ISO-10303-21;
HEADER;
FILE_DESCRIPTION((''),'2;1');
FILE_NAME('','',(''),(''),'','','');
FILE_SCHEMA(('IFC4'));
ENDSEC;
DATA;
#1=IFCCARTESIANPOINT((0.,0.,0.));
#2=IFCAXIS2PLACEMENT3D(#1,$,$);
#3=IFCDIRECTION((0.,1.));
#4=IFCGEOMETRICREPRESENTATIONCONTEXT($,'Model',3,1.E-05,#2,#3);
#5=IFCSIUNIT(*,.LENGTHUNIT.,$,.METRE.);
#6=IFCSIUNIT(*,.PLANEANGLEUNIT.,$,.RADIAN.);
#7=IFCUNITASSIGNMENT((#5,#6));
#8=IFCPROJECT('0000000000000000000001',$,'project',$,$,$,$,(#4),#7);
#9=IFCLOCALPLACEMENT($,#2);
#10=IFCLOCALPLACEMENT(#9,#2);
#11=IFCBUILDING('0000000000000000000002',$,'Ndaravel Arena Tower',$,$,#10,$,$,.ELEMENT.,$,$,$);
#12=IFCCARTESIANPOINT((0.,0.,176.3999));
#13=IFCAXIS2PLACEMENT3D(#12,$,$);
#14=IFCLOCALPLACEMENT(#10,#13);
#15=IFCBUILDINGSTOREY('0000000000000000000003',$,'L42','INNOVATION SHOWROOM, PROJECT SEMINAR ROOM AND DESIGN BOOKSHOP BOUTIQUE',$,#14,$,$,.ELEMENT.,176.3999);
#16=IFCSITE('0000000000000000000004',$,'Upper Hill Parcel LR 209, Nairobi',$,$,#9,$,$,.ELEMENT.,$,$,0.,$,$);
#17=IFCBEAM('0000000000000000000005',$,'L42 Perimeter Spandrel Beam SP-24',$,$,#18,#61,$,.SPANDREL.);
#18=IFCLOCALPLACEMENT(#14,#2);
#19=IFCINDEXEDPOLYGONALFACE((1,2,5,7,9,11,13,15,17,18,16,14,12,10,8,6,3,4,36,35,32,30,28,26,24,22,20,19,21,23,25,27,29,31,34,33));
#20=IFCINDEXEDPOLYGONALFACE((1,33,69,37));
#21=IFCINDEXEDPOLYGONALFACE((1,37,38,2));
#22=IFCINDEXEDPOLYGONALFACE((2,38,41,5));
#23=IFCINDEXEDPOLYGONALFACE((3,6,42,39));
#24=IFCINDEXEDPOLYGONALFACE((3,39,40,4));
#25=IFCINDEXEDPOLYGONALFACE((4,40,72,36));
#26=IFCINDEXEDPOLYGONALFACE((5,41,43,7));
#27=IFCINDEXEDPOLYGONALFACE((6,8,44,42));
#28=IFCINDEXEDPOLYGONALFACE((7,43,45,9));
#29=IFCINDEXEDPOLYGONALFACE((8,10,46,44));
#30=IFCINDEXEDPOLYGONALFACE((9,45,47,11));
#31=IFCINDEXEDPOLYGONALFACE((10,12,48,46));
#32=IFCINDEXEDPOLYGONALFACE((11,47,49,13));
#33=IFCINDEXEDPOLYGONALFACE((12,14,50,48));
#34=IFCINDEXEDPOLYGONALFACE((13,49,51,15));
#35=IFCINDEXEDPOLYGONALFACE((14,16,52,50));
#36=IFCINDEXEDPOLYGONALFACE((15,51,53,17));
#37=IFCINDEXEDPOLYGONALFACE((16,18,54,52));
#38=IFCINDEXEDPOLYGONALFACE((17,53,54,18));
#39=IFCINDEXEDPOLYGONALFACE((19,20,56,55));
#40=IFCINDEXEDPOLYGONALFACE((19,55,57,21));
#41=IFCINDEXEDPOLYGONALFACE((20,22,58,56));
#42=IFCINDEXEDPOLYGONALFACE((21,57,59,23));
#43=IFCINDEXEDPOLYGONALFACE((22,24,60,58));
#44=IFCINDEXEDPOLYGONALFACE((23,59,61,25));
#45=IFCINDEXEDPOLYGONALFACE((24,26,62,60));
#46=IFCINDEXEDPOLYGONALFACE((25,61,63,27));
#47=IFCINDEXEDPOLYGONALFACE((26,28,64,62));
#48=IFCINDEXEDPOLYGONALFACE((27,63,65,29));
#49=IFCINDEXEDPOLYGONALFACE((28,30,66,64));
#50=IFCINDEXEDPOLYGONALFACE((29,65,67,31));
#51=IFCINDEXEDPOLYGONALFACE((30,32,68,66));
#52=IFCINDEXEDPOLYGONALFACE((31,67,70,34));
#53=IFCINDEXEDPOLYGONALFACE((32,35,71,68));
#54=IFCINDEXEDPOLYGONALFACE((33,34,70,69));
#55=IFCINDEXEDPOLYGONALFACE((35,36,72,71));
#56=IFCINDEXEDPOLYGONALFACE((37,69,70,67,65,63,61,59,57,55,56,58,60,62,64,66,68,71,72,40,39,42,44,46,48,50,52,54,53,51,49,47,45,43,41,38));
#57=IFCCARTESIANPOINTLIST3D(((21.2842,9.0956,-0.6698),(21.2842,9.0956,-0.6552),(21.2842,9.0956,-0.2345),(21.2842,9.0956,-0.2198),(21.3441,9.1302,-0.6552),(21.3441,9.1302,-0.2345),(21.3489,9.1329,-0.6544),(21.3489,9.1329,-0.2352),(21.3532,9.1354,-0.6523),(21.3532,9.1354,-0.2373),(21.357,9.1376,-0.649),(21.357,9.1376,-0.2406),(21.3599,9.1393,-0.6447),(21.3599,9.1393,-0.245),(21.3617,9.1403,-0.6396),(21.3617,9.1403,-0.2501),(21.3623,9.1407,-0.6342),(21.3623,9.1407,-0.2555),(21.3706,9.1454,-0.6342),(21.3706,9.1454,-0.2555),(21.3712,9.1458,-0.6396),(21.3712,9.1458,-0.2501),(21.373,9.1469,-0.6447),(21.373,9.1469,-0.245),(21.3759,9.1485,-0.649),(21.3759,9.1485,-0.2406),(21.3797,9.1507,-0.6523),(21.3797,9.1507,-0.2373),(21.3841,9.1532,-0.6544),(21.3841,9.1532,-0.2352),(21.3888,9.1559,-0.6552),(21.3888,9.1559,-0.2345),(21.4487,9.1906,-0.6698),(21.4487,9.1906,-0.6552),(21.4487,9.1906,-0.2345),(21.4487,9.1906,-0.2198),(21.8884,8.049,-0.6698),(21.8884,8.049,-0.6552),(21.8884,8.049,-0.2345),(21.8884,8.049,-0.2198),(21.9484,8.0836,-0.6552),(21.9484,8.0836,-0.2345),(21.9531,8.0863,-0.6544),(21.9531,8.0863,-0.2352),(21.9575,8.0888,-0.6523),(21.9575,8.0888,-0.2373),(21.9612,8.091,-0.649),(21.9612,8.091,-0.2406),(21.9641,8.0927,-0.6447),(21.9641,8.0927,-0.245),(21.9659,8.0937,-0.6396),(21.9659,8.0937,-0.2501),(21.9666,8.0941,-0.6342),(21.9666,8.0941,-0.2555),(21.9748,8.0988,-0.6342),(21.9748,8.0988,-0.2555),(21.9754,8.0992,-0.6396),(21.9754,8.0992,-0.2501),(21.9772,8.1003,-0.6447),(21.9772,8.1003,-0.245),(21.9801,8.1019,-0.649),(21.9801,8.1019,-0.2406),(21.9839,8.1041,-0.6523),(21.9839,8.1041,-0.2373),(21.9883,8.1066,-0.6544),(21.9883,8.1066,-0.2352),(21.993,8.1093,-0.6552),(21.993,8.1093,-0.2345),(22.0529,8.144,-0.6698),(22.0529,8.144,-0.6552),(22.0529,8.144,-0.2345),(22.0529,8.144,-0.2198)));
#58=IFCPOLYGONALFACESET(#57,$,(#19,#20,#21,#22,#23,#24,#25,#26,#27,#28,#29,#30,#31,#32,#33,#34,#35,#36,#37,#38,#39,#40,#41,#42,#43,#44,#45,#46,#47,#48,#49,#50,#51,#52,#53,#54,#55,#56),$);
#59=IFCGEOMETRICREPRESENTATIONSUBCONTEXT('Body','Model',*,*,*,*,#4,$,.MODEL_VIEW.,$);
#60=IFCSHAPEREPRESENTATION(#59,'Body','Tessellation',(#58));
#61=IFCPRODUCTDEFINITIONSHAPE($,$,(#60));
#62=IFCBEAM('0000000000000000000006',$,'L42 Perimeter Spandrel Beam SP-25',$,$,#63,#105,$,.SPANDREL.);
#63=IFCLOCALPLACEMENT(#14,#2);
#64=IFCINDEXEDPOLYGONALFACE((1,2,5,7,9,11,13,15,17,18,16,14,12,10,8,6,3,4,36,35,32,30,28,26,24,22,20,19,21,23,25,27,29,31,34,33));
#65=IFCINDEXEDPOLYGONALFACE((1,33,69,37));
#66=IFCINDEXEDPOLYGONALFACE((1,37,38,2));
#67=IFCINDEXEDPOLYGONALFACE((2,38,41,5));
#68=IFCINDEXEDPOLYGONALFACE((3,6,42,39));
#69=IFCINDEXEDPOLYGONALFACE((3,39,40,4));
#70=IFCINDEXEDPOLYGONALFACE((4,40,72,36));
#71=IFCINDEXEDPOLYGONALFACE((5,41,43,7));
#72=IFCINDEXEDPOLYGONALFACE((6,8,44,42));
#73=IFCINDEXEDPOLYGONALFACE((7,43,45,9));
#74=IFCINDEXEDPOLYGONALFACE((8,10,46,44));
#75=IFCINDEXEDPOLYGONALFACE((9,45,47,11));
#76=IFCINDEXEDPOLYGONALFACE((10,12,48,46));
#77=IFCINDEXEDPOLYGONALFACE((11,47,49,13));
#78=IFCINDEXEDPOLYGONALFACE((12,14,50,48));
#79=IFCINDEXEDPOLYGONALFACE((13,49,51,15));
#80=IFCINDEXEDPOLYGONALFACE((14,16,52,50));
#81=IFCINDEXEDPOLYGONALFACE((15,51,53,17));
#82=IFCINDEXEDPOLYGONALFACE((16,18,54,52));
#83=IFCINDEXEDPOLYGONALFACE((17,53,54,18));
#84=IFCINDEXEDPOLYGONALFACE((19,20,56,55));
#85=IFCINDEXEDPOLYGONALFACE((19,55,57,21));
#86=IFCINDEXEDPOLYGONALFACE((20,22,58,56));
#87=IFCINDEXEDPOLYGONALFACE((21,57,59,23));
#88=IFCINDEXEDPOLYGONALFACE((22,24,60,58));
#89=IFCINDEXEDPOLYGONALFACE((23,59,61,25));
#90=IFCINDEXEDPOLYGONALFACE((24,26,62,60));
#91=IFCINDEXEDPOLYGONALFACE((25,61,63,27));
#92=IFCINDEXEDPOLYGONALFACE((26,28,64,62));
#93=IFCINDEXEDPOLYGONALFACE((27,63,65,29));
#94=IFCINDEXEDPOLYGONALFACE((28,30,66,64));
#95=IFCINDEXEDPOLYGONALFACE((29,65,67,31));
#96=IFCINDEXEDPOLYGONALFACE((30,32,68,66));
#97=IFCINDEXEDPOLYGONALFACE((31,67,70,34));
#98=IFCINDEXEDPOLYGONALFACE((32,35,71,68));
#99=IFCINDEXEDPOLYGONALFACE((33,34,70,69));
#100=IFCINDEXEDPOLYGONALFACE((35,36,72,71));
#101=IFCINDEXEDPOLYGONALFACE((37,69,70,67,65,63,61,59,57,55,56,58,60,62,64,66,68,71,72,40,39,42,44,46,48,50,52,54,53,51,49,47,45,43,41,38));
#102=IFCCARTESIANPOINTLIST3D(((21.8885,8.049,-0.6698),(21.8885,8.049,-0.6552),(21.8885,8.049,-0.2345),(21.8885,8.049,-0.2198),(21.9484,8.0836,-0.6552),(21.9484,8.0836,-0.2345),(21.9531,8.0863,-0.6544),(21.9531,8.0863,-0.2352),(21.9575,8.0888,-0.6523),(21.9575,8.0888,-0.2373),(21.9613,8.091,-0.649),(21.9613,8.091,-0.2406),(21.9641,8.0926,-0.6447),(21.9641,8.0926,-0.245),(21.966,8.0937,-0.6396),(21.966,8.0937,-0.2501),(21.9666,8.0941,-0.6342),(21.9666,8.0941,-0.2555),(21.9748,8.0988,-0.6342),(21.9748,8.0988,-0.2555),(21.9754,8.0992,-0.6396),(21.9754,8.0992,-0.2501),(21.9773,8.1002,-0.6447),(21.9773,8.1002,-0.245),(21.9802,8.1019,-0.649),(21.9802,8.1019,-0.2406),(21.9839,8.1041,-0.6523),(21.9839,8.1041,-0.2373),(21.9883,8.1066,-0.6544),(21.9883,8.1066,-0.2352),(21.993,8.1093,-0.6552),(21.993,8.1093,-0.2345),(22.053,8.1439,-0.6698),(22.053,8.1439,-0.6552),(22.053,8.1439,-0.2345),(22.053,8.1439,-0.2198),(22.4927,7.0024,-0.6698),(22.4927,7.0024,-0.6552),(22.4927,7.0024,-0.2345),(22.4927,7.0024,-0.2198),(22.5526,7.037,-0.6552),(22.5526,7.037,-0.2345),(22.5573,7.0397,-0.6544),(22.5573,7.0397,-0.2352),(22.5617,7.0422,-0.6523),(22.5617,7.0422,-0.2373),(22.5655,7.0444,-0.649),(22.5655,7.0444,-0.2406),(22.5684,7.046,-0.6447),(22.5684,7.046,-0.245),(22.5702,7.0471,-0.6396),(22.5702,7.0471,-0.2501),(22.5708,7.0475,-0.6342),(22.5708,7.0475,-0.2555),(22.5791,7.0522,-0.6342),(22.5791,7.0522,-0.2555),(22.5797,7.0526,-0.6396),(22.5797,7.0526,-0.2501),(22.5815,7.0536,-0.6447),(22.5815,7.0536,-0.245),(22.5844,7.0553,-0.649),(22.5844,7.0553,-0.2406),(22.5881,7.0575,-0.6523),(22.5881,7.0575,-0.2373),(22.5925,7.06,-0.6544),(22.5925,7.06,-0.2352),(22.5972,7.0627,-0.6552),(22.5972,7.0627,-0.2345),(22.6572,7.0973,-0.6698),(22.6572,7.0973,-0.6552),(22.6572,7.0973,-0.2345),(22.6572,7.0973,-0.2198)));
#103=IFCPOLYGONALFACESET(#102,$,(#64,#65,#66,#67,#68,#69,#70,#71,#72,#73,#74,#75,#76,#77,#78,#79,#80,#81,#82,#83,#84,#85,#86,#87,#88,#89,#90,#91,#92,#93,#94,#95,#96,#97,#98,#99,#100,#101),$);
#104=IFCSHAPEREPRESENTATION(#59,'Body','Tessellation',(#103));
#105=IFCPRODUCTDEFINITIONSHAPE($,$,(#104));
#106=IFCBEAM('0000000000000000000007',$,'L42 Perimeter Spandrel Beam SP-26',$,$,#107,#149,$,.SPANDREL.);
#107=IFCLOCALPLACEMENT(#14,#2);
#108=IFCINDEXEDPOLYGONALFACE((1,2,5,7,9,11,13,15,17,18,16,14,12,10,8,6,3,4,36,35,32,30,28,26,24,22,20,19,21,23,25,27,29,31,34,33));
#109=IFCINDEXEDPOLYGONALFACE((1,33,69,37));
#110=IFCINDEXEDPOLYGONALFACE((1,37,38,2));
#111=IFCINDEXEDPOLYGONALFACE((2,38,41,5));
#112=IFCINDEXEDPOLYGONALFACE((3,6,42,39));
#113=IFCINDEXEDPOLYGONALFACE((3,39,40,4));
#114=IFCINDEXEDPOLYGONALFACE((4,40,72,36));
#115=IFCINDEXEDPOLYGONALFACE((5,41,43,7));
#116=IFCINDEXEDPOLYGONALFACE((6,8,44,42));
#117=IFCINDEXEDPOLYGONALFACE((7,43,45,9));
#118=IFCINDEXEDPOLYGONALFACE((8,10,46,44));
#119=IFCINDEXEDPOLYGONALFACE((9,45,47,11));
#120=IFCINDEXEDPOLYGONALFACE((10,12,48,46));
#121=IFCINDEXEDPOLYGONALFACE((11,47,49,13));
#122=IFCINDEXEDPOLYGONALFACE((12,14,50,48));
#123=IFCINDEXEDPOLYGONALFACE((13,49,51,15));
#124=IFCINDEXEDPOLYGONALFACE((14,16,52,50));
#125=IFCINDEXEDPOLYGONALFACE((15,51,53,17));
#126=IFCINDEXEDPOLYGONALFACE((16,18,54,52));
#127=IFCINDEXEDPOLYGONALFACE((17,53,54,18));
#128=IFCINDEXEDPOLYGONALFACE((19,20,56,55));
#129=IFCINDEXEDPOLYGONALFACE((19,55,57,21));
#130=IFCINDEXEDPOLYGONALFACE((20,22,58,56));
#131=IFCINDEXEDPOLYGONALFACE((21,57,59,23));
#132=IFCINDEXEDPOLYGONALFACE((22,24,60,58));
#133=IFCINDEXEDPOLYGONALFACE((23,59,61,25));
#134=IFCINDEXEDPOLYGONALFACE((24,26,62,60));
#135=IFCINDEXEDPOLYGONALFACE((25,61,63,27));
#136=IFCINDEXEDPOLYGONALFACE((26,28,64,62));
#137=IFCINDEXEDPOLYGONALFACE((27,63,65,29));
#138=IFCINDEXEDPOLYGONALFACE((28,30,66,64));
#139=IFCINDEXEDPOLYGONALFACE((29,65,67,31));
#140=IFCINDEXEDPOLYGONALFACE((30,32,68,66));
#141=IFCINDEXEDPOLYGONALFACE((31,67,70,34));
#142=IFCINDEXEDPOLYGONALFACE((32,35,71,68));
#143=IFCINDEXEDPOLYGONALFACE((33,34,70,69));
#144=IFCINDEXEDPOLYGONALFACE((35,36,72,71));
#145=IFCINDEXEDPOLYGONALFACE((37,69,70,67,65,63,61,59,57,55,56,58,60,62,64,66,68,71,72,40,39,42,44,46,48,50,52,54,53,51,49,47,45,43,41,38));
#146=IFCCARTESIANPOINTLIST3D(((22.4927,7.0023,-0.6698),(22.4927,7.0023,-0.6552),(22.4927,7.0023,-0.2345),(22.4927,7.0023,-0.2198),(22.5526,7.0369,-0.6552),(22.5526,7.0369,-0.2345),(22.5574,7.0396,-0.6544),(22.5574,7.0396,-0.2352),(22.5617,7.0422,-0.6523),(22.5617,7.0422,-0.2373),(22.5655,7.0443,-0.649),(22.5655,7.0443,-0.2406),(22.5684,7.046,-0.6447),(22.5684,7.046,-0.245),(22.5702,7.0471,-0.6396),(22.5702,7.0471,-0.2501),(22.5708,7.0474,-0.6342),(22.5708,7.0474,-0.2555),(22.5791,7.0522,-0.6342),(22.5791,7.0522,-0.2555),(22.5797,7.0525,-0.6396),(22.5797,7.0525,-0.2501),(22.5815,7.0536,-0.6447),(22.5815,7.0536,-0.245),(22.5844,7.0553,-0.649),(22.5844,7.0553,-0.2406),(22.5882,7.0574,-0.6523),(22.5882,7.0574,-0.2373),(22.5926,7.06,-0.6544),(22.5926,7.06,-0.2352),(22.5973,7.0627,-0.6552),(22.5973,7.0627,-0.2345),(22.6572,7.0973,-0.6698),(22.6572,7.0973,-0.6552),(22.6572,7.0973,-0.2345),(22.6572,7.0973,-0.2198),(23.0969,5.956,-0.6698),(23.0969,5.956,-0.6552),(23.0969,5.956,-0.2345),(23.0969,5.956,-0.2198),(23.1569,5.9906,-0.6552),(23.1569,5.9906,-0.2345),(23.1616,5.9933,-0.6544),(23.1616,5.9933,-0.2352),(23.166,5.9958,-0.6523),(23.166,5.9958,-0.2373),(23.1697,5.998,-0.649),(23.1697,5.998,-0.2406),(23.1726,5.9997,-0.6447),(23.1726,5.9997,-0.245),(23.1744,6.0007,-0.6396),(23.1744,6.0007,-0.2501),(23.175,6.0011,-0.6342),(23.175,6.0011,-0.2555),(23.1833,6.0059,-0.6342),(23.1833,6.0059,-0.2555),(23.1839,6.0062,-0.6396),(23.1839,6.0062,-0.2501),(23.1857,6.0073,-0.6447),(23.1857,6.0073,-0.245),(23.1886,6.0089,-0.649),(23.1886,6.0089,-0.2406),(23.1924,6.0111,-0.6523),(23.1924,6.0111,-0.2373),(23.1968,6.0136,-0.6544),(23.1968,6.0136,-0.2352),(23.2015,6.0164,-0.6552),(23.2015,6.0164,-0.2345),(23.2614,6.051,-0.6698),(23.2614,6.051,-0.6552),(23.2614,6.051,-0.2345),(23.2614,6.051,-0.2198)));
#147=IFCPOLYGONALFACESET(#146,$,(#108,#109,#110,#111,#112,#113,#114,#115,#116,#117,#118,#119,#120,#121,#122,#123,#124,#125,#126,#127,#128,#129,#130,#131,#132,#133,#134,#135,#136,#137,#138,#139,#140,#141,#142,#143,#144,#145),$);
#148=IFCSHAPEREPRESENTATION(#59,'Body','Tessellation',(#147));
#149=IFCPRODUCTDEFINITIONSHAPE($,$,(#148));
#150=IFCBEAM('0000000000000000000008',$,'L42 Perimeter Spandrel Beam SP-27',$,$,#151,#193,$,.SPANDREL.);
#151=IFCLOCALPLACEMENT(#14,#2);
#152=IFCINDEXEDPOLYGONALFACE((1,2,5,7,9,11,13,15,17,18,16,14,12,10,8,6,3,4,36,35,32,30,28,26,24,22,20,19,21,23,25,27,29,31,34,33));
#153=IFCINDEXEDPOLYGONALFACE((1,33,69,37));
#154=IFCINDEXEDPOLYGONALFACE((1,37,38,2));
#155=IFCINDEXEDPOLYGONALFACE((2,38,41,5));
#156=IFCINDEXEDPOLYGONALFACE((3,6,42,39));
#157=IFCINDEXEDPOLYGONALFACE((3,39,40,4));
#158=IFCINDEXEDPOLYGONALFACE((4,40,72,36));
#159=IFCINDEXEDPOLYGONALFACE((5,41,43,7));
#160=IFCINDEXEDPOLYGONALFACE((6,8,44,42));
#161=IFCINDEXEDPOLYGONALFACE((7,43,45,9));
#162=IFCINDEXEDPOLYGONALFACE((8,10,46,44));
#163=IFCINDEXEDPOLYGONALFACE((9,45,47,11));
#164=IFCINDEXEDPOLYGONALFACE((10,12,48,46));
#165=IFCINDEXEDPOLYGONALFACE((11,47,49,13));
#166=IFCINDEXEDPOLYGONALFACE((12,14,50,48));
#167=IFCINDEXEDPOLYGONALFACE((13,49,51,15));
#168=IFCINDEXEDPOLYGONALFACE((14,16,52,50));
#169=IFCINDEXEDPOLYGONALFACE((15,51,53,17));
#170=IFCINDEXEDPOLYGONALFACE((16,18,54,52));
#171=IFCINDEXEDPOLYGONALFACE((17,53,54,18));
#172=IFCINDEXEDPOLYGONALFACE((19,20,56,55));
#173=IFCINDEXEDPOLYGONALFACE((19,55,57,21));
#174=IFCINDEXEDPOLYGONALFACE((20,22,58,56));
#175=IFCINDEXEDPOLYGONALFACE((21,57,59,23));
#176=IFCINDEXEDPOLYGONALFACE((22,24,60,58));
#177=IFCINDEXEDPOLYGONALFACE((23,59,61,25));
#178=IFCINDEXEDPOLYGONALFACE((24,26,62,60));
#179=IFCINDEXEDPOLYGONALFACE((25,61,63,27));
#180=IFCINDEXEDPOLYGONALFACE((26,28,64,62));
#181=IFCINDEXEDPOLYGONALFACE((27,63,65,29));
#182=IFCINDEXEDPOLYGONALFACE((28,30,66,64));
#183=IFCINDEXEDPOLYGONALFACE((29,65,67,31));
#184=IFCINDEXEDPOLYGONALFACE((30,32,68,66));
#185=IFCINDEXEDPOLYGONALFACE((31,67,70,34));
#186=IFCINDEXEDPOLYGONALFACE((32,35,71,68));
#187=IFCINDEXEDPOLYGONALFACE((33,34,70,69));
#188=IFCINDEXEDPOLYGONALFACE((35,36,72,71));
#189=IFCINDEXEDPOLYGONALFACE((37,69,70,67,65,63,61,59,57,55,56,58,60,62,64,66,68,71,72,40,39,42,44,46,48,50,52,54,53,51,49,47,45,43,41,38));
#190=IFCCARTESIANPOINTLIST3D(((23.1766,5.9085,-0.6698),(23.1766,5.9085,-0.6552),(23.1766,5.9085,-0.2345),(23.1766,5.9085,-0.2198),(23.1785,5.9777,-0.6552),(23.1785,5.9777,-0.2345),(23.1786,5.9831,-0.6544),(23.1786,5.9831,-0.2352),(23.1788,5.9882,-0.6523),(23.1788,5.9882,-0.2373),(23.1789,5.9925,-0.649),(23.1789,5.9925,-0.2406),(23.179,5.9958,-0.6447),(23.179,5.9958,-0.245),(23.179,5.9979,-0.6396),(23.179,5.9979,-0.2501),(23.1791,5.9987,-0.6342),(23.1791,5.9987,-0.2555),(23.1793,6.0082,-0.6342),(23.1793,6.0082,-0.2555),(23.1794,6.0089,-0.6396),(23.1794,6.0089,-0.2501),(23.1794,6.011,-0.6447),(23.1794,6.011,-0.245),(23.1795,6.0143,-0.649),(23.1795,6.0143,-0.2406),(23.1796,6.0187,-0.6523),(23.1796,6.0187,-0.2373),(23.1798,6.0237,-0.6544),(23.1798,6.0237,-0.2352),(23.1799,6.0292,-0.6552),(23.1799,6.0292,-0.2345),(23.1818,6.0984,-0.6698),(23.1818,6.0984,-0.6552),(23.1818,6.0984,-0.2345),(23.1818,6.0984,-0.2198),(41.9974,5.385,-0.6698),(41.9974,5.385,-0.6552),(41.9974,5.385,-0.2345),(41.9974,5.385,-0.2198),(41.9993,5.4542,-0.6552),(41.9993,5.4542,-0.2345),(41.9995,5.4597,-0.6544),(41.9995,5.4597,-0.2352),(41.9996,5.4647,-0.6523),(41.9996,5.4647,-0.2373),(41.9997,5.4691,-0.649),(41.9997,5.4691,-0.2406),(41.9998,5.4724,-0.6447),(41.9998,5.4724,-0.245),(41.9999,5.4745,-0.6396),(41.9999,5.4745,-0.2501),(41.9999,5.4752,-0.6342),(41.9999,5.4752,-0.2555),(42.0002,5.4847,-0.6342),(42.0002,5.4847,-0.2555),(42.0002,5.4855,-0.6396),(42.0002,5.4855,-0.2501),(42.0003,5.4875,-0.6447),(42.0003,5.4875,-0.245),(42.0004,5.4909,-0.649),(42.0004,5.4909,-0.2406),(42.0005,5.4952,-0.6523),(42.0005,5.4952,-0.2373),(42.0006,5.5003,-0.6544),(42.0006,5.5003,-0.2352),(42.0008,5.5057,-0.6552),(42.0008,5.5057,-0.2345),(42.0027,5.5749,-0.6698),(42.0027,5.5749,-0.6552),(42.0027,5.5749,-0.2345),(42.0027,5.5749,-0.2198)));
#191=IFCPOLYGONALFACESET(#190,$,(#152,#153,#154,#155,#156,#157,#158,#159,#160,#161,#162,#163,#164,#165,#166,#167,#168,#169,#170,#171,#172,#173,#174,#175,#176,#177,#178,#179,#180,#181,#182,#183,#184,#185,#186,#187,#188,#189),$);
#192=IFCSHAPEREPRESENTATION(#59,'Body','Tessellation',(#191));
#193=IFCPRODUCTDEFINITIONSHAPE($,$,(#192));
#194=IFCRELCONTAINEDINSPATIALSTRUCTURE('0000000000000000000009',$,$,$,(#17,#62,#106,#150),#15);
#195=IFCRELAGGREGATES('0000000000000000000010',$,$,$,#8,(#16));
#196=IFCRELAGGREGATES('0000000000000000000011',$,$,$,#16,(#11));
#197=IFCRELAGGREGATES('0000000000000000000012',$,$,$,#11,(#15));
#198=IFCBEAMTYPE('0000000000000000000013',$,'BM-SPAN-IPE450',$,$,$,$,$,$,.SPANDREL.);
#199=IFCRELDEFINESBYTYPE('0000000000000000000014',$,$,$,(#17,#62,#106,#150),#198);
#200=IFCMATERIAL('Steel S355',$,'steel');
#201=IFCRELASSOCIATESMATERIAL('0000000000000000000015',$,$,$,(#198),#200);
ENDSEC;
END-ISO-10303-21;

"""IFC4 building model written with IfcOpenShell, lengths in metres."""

from ifc_helpers import new_model, si_unit, direction, frame, origin, origin_2d, place, context, subcontext, project, spatial, i_section, extrude, material, material_profile, profile_set, type_object, element, save


model = new_model("IFC4")

# Units and contexts
model_context = context("Model", 3, precision=1e-05, world=origin(), true_north=direction((0.0, 1.0)))
body_context = subcontext(model_context, "Body", "Model", "MODEL_VIEW")
ifc_project = project(units=[si_unit("LENGTHUNIT", "METRE"), si_unit("PLANEANGLEUNIT", "RADIAN")], contexts=[model_context])

# Site, building, storey
site_placement = place(None, origin())
site = spatial("IfcSite", under=ifc_project, at=site_placement, Name="Upper Hill Parcel LR 209, Nairobi", CompositionType="ELEMENT", RefElevation=0.0)
building_placement = place(site_placement, origin())
building = spatial("IfcBuilding", under=site, at=building_placement, Name="Ndaravel Arena Tower", CompositionType="ELEMENT")
storey_placement = place(building_placement, frame((0.0, 0.0, 176.3999)))
storey = spatial("IfcBuildingStorey", under=building, at=storey_placement, Name="L42", Description="INNOVATION SHOWROOM, PROJECT SEMINAR ROOM AND DESIGN BOOKSHOP BOUTIQUE", CompositionType="ELEMENT", Elevation=176.3999)

# Beams
ifc_material_1 = material(Name="Steel S355", Category="steel")
ifc_material_profile_1 = material_profile(ifc_material_1, i_section(OverallWidth=0.1899, OverallDepth=0.45, WebThickness=0.0095, FlangeThickness=0.0146, FilletRadius=0.021, at=origin_2d()), Name="IPE 450")
ifc_profile_set_1 = profile_set([ifc_material_profile_1], Name="Steel S355")
beam_type = type_object("IfcBeamType", Name="BM-SPAN-IPE450", PredefinedType="SPANDREL", material=ifc_profile_set_1)
for number, where, z_axis, x_axis, name in (
    (1, (21.3665, 9.1431, -0.4448), (0.499985, -0.866034, 0.0), (0.866034, 0.499985, 0.0), "L42 Perimeter Spandrel Beam SP-24"),
    (2, (21.9707, 8.0964, -0.4448), (0.499985, -0.866034, 0.0), (0.866034, 0.499985, 0.0), "L42 Perimeter Spandrel Beam SP-25"),
):
    element("IfcBeam", number, at=place(storey_placement, frame(where, z_axis=z_axis, x_axis=x_axis)), inside=storey, type_object=beam_type, Name=name, PredefinedType="SPANDREL", context=body_context, shape_type="SweptSolid", body=[
        extrude(i_section(OverallWidth=0.1899, OverallDepth=0.45, WebThickness=0.0095, FlangeThickness=0.0146, FilletRadius=0.021, at=origin_2d()), origin(), (0.0, 0.0, 1.0), 1.2085),
    ])
beam_1_placement = place(storey_placement, frame((22.575, 7.0498, -0.4448), z_axis=(0.500072, -0.865984, 0.0), x_axis=(0.865984, 0.500072, 0.0)))
element("IfcBeam", 3, at=beam_1_placement, inside=storey, type_object=beam_type, Name="L42 Perimeter Spandrel Beam SP-26", PredefinedType="SPANDREL", context=body_context, shape_type="SweptSolid", body=[
    extrude(i_section(OverallWidth=0.1899, OverallDepth=0.45, WebThickness=0.0095, FlangeThickness=0.0146, FilletRadius=0.021, at=origin_2d()), origin(), (0.0, 0.0, 1.0), 1.2083),
])
beam_2_placement = place(storey_placement, frame((23.1792, 6.0034, -0.4448), z_axis=(0.999613, -0.027801, 0.0), x_axis=(0.027801, 0.999613, 0.0)))
element("IfcBeam", 4, at=beam_2_placement, inside=storey, type_object=beam_type, Name="L42 Perimeter Spandrel Beam SP-27", PredefinedType="SPANDREL", context=body_context, shape_type="SweptSolid", body=[
    extrude(i_section(OverallWidth=0.1899, OverallDepth=0.45, WebThickness=0.0095, FlangeThickness=0.0146, FilletRadius=0.021, at=origin_2d()), origin(), (0.0, 0.0, 1.0), 18.8281),
])

save(model, "model.ifc")
